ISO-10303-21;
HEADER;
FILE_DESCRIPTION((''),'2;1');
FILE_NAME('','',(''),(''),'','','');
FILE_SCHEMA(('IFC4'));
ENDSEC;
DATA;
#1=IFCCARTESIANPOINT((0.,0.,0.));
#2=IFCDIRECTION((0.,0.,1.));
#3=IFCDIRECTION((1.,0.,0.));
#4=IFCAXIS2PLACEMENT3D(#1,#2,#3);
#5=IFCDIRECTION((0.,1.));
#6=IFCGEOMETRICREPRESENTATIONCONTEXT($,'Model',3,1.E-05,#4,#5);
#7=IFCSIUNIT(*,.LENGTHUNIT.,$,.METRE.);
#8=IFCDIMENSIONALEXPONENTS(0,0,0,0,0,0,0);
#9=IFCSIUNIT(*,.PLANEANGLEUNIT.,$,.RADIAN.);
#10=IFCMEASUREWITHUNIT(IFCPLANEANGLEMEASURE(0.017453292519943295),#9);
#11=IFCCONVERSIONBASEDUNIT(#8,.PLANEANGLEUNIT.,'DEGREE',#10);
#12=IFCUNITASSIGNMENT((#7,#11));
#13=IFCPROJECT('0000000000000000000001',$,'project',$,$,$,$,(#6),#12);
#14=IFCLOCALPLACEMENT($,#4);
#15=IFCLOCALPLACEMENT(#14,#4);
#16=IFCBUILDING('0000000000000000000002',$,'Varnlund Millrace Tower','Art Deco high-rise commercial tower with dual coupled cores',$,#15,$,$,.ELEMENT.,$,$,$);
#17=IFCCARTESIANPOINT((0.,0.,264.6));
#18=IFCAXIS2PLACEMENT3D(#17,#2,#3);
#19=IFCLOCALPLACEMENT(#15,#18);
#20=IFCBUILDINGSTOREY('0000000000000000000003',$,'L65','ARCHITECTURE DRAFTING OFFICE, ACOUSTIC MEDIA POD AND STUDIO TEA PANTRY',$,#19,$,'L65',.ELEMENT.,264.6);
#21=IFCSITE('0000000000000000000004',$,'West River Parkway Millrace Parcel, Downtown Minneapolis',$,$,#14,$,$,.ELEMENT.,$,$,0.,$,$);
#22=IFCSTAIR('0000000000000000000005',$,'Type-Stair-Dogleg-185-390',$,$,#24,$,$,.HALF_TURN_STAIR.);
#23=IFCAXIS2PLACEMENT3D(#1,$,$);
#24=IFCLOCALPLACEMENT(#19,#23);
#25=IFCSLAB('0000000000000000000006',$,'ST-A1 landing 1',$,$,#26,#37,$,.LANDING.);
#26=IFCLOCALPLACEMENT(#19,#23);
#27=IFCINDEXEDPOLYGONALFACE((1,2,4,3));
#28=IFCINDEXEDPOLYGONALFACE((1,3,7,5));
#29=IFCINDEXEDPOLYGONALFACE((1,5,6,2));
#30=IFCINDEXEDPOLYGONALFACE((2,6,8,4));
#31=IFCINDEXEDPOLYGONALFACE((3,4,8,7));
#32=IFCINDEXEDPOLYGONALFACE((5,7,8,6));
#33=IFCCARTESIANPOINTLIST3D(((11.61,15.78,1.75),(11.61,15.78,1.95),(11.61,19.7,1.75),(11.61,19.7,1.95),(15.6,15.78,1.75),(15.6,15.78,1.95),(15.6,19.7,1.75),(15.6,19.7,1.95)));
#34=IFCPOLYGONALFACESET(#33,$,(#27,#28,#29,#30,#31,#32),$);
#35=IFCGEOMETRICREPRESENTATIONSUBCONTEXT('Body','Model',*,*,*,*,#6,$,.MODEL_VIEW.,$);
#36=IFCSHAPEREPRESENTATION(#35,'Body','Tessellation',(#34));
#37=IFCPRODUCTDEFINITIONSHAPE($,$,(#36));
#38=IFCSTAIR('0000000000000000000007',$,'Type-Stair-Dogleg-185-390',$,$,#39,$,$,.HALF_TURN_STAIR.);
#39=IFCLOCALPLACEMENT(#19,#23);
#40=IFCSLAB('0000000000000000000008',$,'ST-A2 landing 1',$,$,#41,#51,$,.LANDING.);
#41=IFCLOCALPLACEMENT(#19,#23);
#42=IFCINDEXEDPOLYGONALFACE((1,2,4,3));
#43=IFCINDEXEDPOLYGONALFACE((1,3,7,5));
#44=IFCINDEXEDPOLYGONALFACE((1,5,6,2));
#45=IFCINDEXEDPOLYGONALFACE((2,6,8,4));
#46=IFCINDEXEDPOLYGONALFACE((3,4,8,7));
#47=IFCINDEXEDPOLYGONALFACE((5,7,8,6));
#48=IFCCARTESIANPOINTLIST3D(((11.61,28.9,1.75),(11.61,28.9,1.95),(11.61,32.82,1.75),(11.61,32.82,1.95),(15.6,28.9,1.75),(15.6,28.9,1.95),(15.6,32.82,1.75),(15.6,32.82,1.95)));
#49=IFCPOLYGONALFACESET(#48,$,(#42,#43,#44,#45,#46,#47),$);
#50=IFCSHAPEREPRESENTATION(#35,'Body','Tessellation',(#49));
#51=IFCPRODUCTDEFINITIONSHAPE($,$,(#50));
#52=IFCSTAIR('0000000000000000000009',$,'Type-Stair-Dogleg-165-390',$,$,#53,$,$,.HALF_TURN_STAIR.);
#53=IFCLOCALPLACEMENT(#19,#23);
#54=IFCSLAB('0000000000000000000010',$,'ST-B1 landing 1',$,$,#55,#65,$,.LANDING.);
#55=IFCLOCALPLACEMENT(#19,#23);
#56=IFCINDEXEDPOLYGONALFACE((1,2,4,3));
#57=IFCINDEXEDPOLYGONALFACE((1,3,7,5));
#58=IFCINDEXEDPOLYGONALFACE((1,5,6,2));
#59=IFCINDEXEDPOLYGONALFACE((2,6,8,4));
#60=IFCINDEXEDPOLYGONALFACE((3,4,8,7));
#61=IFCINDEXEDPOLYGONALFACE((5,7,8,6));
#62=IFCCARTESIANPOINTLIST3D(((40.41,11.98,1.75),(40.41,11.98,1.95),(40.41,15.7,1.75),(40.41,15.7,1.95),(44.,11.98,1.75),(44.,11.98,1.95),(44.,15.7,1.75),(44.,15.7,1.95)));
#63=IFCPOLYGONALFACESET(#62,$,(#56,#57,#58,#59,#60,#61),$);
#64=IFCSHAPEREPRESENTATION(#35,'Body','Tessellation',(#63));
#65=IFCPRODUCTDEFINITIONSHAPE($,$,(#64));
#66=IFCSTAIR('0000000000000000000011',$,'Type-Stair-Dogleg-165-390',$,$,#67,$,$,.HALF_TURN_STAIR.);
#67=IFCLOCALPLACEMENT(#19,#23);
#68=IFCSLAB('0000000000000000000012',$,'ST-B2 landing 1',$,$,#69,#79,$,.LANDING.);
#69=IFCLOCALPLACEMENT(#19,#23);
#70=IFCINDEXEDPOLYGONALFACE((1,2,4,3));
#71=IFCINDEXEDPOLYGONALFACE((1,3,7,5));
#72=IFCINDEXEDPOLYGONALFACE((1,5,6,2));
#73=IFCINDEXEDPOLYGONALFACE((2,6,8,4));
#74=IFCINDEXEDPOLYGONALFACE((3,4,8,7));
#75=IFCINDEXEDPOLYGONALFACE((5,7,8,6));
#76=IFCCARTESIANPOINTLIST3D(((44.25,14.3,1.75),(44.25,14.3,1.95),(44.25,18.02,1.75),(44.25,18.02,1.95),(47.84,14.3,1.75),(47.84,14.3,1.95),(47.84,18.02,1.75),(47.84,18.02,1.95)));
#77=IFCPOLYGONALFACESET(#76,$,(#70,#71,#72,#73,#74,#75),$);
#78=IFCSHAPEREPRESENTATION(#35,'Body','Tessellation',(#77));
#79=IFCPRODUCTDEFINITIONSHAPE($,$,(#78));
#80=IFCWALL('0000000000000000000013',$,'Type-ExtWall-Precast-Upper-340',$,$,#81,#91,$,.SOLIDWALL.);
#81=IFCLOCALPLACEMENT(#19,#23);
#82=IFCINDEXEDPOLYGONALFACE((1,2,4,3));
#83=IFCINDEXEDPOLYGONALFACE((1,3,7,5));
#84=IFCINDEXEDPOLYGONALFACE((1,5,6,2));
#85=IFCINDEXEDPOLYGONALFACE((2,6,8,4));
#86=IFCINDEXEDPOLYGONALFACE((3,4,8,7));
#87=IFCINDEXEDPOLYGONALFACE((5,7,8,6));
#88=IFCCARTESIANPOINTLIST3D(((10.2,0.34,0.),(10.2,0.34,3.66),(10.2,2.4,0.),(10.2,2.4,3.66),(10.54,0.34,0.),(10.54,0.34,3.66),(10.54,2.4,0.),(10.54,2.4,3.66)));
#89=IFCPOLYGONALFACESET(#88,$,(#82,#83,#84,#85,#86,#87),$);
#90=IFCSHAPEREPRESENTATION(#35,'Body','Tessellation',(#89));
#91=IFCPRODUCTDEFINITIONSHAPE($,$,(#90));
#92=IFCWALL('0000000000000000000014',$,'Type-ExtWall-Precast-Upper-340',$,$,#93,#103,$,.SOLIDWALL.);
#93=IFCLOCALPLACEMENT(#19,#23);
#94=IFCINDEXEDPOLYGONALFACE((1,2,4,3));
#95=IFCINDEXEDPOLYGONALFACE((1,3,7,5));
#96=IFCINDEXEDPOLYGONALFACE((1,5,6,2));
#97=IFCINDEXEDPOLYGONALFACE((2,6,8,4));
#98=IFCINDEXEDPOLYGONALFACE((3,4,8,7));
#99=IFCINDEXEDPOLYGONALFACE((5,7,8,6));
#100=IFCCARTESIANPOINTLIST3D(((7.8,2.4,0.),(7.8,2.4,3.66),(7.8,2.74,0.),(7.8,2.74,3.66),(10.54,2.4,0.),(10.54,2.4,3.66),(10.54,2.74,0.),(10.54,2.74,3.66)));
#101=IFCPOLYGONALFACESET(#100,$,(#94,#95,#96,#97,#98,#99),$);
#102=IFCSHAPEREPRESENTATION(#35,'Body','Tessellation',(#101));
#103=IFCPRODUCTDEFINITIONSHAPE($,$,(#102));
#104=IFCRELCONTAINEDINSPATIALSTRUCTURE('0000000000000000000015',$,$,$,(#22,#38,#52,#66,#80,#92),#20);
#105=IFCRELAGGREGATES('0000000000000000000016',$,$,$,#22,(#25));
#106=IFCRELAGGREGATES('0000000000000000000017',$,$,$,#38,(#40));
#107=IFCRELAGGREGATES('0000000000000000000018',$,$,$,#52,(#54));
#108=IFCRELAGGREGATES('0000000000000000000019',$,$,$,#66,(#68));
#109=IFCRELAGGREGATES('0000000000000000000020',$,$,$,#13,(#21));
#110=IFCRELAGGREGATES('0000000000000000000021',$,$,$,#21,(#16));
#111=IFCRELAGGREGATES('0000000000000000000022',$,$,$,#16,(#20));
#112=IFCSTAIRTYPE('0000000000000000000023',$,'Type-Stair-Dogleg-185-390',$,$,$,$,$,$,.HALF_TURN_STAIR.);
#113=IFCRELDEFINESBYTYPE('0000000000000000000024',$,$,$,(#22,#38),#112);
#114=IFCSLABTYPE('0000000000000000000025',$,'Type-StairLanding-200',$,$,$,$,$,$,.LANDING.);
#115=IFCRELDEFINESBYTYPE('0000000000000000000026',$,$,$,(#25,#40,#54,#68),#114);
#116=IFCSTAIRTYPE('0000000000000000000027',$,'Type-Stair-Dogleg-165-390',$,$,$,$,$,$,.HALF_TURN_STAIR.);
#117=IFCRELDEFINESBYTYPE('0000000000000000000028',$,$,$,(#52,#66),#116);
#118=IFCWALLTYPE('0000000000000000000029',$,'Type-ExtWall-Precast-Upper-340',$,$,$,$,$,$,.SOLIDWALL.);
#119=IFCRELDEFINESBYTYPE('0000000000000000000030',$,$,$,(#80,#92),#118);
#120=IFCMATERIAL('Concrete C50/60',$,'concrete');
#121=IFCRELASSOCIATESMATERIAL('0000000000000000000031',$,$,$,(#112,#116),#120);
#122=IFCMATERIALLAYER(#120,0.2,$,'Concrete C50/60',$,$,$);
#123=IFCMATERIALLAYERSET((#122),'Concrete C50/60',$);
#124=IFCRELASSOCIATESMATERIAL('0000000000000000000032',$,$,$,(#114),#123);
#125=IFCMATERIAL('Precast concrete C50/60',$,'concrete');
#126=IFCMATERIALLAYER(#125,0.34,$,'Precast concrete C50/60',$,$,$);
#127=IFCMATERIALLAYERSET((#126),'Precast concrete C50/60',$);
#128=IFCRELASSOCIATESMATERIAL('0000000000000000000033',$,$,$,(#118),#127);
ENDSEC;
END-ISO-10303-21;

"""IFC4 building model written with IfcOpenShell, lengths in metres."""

from ifc_helpers import new_model, entity, si_unit, converted_unit, direction, frame, origin_with_axes, place, context, subcontext, project, spatial, polyline, outline, extrude, material, layer, layer_set, type_object, element, aggregate, save


model = new_model("IFC4")

# Units and contexts
model_context = context("Model", 3, precision=1e-05, world=origin_with_axes(), true_north=direction((0.0, 1.0)))
body_context = subcontext(model_context, "Body", "Model", "MODEL_VIEW")
ifc_project = project(units=[si_unit("LENGTHUNIT", "METRE"), converted_unit("PLANEANGLEUNIT", "DEGREE", entity("IfcPlaneAngleMeasure", 0.017453292519943295), si_unit("PLANEANGLEUNIT", "RADIAN"), dimensions=[0, 0, 0, 0, 0, 0, 0])], contexts=[model_context])

# Site, building, storey
site_placement = place(None, origin_with_axes())
site = spatial("IfcSite", under=ifc_project, at=site_placement, Name="West River Parkway Millrace Parcel, Downtown Minneapolis", CompositionType="ELEMENT", RefElevation=0.0)
building_placement = place(site_placement, origin_with_axes())
building = spatial("IfcBuilding", under=site, at=building_placement, Name="Varnlund Millrace Tower", Description="Art Deco high-rise commercial tower with dual coupled cores", CompositionType="ELEMENT")
storey_placement = place(building_placement, frame((0.0, 0.0, 264.6), z_axis=(0.0, 0.0, 1.0), x_axis=(1.0, 0.0, 0.0)))
storey = spatial("IfcBuildingStorey", under=building, at=storey_placement, Name="L65", Description="ARCHITECTURE DRAFTING OFFICE, ACOUSTIC MEDIA POD AND STUDIO TEA PANTRY", LongName="L65", CompositionType="ELEMENT", Elevation=264.6)

# Stairs, slabs
ifc_material_1 = material(Name="Concrete C50/60", Category="concrete")
stair_type_1 = type_object("IfcStairType", Name="Type-Stair-Dogleg-185-390", PredefinedType="HALF_TURN_STAIR", material=ifc_material_1)
stair_1_placement = place(storey_placement, origin_with_axes())
stair_1 = element("IfcStair", 1, at=stair_1_placement, inside=storey, type_object=stair_type_1, Name="Type-Stair-Dogleg-185-390", PredefinedType="HALF_TURN_STAIR")
ifc_layer_1 = layer(ifc_material_1, 0.2, Name="Concrete C50/60")
ifc_layer_set_1 = layer_set([ifc_layer_1], Name="Concrete C50/60")
slab_type = type_object("IfcSlabType", Name="Type-StairLanding-200", PredefinedType="LANDING", material=ifc_layer_set_1)
slab_1_placement = place(storey_placement, frame((0.0, 0.0, 1.75), z_axis=(0.0, 0.0, 1.0), x_axis=(1.0, 0.0, 0.0)))
slab_1 = element("IfcSlab", 2, at=slab_1_placement, type_object=slab_type, Name="ST-A1 landing 1", PredefinedType="LANDING", context=body_context, shape_type="SweptSolid", body=[
    extrude(outline(polyline([(15.6, 15.78), (15.6, 19.7), (11.61, 19.7), (11.61, 15.78), (15.6, 15.78)])), origin_with_axes(), (0.0, 0.0, 1.0), 0.2),
])
aggregate(stair_1, [slab_1])
stair_2_placement = place(storey_placement, origin_with_axes())
stair_2 = element("IfcStair", 3, at=stair_2_placement, inside=storey, type_object=stair_type_1, Name="Type-Stair-Dogleg-185-390", PredefinedType="HALF_TURN_STAIR")
slab_2_placement = place(storey_placement, frame((0.0, 0.0, 1.75), z_axis=(0.0, 0.0, 1.0), x_axis=(1.0, 0.0, 0.0)))
slab_2 = element("IfcSlab", 4, at=slab_2_placement, type_object=slab_type, Name="ST-A2 landing 1", PredefinedType="LANDING", context=body_context, shape_type="SweptSolid", body=[
    extrude(outline(polyline([(11.61, 32.82), (11.61, 28.9), (15.6, 28.9), (15.6, 32.82), (11.61, 32.82)])), origin_with_axes(), (0.0, 0.0, 1.0), 0.2),
])
aggregate(stair_2, [slab_2])
stair_type_2 = type_object("IfcStairType", Name="Type-Stair-Dogleg-165-390", PredefinedType="HALF_TURN_STAIR", material=ifc_material_1)
stair_3_placement = place(storey_placement, origin_with_axes())
stair_3 = element("IfcStair", 5, at=stair_3_placement, inside=storey, type_object=stair_type_2, Name="Type-Stair-Dogleg-165-390", PredefinedType="HALF_TURN_STAIR")
slab_3_placement = place(storey_placement, frame((0.0, 0.0, 1.75), z_axis=(0.0, 0.0, 1.0), x_axis=(1.0, 0.0, 0.0)))
slab_3 = element("IfcSlab", 6, at=slab_3_placement, type_object=slab_type, Name="ST-B1 landing 1", PredefinedType="LANDING", context=body_context, shape_type="SweptSolid", body=[
    extrude(outline(polyline([(44.0, 11.98), (44.0, 15.7), (40.41, 15.7), (40.41, 11.98), (44.0, 11.98)])), origin_with_axes(), (0.0, 0.0, 1.0), 0.2),
])
aggregate(stair_3, [slab_3])
stair_4_placement = place(storey_placement, origin_with_axes())
stair_4 = element("IfcStair", 7, at=stair_4_placement, inside=storey, type_object=stair_type_2, Name="Type-Stair-Dogleg-165-390", PredefinedType="HALF_TURN_STAIR")
slab_4_placement = place(storey_placement, frame((0.0, 0.0, 1.75), z_axis=(0.0, 0.0, 1.0), x_axis=(1.0, 0.0, 0.0)))
slab_4 = element("IfcSlab", 8, at=slab_4_placement, type_object=slab_type, Name="ST-B2 landing 1", PredefinedType="LANDING", context=body_context, shape_type="SweptSolid", body=[
    extrude(outline(polyline([(44.25, 18.02), (44.25, 14.3), (47.84, 14.3), (47.84, 18.02), (44.25, 18.02)])), origin_with_axes(), (0.0, 0.0, 1.0), 0.2),
])
aggregate(stair_4, [slab_4])

# Walls
ifc_material_2 = material(Name="Precast concrete C50/60", Category="concrete")
ifc_layer_2 = layer(ifc_material_2, 0.34, Name="Precast concrete C50/60")
ifc_layer_set_2 = layer_set([ifc_layer_2], Name="Precast concrete C50/60")
wall_type = type_object("IfcWallType", Name="Type-ExtWall-Precast-Upper-340", PredefinedType="SOLIDWALL", material=ifc_layer_set_2)
wall_1_placement = place(storey_placement, frame((10.37, 0.34, 0.0), z_axis=(0.0, 0.0, 1.0), x_axis=(0.0, 1.0, 0.0)))
element("IfcWall", 9, at=wall_1_placement, inside=storey, type_object=wall_type, Name="Type-ExtWall-Precast-Upper-340", PredefinedType="SOLIDWALL", context=body_context, shape_type="SweptSolid", body=[
    extrude(outline(polyline([(0.0, -0.17), (2.06, -0.17), (2.06, 0.17), (0.0, 0.17), (0.0, -0.17)])), origin_with_axes(), (0.0, 0.0, 1.0), 3.66),
])
wall_2_placement = place(storey_placement, frame((10.54, 2.57, 0.0), z_axis=(0.0, 0.0, 1.0), x_axis=(-1.0, 0.0, 0.0)))
element("IfcWall", 10, at=wall_2_placement, inside=storey, type_object=wall_type, Name="Type-ExtWall-Precast-Upper-340", PredefinedType="SOLIDWALL", context=body_context, shape_type="SweptSolid", body=[
    extrude(outline(polyline([(0.0, -0.17), (2.74, -0.17), (2.74, 0.17), (0.0, 0.17), (0.0, -0.17)])), origin_with_axes(), (0.0, 0.0, 1.0), 3.66),
])

save(model, "model.ifc")
